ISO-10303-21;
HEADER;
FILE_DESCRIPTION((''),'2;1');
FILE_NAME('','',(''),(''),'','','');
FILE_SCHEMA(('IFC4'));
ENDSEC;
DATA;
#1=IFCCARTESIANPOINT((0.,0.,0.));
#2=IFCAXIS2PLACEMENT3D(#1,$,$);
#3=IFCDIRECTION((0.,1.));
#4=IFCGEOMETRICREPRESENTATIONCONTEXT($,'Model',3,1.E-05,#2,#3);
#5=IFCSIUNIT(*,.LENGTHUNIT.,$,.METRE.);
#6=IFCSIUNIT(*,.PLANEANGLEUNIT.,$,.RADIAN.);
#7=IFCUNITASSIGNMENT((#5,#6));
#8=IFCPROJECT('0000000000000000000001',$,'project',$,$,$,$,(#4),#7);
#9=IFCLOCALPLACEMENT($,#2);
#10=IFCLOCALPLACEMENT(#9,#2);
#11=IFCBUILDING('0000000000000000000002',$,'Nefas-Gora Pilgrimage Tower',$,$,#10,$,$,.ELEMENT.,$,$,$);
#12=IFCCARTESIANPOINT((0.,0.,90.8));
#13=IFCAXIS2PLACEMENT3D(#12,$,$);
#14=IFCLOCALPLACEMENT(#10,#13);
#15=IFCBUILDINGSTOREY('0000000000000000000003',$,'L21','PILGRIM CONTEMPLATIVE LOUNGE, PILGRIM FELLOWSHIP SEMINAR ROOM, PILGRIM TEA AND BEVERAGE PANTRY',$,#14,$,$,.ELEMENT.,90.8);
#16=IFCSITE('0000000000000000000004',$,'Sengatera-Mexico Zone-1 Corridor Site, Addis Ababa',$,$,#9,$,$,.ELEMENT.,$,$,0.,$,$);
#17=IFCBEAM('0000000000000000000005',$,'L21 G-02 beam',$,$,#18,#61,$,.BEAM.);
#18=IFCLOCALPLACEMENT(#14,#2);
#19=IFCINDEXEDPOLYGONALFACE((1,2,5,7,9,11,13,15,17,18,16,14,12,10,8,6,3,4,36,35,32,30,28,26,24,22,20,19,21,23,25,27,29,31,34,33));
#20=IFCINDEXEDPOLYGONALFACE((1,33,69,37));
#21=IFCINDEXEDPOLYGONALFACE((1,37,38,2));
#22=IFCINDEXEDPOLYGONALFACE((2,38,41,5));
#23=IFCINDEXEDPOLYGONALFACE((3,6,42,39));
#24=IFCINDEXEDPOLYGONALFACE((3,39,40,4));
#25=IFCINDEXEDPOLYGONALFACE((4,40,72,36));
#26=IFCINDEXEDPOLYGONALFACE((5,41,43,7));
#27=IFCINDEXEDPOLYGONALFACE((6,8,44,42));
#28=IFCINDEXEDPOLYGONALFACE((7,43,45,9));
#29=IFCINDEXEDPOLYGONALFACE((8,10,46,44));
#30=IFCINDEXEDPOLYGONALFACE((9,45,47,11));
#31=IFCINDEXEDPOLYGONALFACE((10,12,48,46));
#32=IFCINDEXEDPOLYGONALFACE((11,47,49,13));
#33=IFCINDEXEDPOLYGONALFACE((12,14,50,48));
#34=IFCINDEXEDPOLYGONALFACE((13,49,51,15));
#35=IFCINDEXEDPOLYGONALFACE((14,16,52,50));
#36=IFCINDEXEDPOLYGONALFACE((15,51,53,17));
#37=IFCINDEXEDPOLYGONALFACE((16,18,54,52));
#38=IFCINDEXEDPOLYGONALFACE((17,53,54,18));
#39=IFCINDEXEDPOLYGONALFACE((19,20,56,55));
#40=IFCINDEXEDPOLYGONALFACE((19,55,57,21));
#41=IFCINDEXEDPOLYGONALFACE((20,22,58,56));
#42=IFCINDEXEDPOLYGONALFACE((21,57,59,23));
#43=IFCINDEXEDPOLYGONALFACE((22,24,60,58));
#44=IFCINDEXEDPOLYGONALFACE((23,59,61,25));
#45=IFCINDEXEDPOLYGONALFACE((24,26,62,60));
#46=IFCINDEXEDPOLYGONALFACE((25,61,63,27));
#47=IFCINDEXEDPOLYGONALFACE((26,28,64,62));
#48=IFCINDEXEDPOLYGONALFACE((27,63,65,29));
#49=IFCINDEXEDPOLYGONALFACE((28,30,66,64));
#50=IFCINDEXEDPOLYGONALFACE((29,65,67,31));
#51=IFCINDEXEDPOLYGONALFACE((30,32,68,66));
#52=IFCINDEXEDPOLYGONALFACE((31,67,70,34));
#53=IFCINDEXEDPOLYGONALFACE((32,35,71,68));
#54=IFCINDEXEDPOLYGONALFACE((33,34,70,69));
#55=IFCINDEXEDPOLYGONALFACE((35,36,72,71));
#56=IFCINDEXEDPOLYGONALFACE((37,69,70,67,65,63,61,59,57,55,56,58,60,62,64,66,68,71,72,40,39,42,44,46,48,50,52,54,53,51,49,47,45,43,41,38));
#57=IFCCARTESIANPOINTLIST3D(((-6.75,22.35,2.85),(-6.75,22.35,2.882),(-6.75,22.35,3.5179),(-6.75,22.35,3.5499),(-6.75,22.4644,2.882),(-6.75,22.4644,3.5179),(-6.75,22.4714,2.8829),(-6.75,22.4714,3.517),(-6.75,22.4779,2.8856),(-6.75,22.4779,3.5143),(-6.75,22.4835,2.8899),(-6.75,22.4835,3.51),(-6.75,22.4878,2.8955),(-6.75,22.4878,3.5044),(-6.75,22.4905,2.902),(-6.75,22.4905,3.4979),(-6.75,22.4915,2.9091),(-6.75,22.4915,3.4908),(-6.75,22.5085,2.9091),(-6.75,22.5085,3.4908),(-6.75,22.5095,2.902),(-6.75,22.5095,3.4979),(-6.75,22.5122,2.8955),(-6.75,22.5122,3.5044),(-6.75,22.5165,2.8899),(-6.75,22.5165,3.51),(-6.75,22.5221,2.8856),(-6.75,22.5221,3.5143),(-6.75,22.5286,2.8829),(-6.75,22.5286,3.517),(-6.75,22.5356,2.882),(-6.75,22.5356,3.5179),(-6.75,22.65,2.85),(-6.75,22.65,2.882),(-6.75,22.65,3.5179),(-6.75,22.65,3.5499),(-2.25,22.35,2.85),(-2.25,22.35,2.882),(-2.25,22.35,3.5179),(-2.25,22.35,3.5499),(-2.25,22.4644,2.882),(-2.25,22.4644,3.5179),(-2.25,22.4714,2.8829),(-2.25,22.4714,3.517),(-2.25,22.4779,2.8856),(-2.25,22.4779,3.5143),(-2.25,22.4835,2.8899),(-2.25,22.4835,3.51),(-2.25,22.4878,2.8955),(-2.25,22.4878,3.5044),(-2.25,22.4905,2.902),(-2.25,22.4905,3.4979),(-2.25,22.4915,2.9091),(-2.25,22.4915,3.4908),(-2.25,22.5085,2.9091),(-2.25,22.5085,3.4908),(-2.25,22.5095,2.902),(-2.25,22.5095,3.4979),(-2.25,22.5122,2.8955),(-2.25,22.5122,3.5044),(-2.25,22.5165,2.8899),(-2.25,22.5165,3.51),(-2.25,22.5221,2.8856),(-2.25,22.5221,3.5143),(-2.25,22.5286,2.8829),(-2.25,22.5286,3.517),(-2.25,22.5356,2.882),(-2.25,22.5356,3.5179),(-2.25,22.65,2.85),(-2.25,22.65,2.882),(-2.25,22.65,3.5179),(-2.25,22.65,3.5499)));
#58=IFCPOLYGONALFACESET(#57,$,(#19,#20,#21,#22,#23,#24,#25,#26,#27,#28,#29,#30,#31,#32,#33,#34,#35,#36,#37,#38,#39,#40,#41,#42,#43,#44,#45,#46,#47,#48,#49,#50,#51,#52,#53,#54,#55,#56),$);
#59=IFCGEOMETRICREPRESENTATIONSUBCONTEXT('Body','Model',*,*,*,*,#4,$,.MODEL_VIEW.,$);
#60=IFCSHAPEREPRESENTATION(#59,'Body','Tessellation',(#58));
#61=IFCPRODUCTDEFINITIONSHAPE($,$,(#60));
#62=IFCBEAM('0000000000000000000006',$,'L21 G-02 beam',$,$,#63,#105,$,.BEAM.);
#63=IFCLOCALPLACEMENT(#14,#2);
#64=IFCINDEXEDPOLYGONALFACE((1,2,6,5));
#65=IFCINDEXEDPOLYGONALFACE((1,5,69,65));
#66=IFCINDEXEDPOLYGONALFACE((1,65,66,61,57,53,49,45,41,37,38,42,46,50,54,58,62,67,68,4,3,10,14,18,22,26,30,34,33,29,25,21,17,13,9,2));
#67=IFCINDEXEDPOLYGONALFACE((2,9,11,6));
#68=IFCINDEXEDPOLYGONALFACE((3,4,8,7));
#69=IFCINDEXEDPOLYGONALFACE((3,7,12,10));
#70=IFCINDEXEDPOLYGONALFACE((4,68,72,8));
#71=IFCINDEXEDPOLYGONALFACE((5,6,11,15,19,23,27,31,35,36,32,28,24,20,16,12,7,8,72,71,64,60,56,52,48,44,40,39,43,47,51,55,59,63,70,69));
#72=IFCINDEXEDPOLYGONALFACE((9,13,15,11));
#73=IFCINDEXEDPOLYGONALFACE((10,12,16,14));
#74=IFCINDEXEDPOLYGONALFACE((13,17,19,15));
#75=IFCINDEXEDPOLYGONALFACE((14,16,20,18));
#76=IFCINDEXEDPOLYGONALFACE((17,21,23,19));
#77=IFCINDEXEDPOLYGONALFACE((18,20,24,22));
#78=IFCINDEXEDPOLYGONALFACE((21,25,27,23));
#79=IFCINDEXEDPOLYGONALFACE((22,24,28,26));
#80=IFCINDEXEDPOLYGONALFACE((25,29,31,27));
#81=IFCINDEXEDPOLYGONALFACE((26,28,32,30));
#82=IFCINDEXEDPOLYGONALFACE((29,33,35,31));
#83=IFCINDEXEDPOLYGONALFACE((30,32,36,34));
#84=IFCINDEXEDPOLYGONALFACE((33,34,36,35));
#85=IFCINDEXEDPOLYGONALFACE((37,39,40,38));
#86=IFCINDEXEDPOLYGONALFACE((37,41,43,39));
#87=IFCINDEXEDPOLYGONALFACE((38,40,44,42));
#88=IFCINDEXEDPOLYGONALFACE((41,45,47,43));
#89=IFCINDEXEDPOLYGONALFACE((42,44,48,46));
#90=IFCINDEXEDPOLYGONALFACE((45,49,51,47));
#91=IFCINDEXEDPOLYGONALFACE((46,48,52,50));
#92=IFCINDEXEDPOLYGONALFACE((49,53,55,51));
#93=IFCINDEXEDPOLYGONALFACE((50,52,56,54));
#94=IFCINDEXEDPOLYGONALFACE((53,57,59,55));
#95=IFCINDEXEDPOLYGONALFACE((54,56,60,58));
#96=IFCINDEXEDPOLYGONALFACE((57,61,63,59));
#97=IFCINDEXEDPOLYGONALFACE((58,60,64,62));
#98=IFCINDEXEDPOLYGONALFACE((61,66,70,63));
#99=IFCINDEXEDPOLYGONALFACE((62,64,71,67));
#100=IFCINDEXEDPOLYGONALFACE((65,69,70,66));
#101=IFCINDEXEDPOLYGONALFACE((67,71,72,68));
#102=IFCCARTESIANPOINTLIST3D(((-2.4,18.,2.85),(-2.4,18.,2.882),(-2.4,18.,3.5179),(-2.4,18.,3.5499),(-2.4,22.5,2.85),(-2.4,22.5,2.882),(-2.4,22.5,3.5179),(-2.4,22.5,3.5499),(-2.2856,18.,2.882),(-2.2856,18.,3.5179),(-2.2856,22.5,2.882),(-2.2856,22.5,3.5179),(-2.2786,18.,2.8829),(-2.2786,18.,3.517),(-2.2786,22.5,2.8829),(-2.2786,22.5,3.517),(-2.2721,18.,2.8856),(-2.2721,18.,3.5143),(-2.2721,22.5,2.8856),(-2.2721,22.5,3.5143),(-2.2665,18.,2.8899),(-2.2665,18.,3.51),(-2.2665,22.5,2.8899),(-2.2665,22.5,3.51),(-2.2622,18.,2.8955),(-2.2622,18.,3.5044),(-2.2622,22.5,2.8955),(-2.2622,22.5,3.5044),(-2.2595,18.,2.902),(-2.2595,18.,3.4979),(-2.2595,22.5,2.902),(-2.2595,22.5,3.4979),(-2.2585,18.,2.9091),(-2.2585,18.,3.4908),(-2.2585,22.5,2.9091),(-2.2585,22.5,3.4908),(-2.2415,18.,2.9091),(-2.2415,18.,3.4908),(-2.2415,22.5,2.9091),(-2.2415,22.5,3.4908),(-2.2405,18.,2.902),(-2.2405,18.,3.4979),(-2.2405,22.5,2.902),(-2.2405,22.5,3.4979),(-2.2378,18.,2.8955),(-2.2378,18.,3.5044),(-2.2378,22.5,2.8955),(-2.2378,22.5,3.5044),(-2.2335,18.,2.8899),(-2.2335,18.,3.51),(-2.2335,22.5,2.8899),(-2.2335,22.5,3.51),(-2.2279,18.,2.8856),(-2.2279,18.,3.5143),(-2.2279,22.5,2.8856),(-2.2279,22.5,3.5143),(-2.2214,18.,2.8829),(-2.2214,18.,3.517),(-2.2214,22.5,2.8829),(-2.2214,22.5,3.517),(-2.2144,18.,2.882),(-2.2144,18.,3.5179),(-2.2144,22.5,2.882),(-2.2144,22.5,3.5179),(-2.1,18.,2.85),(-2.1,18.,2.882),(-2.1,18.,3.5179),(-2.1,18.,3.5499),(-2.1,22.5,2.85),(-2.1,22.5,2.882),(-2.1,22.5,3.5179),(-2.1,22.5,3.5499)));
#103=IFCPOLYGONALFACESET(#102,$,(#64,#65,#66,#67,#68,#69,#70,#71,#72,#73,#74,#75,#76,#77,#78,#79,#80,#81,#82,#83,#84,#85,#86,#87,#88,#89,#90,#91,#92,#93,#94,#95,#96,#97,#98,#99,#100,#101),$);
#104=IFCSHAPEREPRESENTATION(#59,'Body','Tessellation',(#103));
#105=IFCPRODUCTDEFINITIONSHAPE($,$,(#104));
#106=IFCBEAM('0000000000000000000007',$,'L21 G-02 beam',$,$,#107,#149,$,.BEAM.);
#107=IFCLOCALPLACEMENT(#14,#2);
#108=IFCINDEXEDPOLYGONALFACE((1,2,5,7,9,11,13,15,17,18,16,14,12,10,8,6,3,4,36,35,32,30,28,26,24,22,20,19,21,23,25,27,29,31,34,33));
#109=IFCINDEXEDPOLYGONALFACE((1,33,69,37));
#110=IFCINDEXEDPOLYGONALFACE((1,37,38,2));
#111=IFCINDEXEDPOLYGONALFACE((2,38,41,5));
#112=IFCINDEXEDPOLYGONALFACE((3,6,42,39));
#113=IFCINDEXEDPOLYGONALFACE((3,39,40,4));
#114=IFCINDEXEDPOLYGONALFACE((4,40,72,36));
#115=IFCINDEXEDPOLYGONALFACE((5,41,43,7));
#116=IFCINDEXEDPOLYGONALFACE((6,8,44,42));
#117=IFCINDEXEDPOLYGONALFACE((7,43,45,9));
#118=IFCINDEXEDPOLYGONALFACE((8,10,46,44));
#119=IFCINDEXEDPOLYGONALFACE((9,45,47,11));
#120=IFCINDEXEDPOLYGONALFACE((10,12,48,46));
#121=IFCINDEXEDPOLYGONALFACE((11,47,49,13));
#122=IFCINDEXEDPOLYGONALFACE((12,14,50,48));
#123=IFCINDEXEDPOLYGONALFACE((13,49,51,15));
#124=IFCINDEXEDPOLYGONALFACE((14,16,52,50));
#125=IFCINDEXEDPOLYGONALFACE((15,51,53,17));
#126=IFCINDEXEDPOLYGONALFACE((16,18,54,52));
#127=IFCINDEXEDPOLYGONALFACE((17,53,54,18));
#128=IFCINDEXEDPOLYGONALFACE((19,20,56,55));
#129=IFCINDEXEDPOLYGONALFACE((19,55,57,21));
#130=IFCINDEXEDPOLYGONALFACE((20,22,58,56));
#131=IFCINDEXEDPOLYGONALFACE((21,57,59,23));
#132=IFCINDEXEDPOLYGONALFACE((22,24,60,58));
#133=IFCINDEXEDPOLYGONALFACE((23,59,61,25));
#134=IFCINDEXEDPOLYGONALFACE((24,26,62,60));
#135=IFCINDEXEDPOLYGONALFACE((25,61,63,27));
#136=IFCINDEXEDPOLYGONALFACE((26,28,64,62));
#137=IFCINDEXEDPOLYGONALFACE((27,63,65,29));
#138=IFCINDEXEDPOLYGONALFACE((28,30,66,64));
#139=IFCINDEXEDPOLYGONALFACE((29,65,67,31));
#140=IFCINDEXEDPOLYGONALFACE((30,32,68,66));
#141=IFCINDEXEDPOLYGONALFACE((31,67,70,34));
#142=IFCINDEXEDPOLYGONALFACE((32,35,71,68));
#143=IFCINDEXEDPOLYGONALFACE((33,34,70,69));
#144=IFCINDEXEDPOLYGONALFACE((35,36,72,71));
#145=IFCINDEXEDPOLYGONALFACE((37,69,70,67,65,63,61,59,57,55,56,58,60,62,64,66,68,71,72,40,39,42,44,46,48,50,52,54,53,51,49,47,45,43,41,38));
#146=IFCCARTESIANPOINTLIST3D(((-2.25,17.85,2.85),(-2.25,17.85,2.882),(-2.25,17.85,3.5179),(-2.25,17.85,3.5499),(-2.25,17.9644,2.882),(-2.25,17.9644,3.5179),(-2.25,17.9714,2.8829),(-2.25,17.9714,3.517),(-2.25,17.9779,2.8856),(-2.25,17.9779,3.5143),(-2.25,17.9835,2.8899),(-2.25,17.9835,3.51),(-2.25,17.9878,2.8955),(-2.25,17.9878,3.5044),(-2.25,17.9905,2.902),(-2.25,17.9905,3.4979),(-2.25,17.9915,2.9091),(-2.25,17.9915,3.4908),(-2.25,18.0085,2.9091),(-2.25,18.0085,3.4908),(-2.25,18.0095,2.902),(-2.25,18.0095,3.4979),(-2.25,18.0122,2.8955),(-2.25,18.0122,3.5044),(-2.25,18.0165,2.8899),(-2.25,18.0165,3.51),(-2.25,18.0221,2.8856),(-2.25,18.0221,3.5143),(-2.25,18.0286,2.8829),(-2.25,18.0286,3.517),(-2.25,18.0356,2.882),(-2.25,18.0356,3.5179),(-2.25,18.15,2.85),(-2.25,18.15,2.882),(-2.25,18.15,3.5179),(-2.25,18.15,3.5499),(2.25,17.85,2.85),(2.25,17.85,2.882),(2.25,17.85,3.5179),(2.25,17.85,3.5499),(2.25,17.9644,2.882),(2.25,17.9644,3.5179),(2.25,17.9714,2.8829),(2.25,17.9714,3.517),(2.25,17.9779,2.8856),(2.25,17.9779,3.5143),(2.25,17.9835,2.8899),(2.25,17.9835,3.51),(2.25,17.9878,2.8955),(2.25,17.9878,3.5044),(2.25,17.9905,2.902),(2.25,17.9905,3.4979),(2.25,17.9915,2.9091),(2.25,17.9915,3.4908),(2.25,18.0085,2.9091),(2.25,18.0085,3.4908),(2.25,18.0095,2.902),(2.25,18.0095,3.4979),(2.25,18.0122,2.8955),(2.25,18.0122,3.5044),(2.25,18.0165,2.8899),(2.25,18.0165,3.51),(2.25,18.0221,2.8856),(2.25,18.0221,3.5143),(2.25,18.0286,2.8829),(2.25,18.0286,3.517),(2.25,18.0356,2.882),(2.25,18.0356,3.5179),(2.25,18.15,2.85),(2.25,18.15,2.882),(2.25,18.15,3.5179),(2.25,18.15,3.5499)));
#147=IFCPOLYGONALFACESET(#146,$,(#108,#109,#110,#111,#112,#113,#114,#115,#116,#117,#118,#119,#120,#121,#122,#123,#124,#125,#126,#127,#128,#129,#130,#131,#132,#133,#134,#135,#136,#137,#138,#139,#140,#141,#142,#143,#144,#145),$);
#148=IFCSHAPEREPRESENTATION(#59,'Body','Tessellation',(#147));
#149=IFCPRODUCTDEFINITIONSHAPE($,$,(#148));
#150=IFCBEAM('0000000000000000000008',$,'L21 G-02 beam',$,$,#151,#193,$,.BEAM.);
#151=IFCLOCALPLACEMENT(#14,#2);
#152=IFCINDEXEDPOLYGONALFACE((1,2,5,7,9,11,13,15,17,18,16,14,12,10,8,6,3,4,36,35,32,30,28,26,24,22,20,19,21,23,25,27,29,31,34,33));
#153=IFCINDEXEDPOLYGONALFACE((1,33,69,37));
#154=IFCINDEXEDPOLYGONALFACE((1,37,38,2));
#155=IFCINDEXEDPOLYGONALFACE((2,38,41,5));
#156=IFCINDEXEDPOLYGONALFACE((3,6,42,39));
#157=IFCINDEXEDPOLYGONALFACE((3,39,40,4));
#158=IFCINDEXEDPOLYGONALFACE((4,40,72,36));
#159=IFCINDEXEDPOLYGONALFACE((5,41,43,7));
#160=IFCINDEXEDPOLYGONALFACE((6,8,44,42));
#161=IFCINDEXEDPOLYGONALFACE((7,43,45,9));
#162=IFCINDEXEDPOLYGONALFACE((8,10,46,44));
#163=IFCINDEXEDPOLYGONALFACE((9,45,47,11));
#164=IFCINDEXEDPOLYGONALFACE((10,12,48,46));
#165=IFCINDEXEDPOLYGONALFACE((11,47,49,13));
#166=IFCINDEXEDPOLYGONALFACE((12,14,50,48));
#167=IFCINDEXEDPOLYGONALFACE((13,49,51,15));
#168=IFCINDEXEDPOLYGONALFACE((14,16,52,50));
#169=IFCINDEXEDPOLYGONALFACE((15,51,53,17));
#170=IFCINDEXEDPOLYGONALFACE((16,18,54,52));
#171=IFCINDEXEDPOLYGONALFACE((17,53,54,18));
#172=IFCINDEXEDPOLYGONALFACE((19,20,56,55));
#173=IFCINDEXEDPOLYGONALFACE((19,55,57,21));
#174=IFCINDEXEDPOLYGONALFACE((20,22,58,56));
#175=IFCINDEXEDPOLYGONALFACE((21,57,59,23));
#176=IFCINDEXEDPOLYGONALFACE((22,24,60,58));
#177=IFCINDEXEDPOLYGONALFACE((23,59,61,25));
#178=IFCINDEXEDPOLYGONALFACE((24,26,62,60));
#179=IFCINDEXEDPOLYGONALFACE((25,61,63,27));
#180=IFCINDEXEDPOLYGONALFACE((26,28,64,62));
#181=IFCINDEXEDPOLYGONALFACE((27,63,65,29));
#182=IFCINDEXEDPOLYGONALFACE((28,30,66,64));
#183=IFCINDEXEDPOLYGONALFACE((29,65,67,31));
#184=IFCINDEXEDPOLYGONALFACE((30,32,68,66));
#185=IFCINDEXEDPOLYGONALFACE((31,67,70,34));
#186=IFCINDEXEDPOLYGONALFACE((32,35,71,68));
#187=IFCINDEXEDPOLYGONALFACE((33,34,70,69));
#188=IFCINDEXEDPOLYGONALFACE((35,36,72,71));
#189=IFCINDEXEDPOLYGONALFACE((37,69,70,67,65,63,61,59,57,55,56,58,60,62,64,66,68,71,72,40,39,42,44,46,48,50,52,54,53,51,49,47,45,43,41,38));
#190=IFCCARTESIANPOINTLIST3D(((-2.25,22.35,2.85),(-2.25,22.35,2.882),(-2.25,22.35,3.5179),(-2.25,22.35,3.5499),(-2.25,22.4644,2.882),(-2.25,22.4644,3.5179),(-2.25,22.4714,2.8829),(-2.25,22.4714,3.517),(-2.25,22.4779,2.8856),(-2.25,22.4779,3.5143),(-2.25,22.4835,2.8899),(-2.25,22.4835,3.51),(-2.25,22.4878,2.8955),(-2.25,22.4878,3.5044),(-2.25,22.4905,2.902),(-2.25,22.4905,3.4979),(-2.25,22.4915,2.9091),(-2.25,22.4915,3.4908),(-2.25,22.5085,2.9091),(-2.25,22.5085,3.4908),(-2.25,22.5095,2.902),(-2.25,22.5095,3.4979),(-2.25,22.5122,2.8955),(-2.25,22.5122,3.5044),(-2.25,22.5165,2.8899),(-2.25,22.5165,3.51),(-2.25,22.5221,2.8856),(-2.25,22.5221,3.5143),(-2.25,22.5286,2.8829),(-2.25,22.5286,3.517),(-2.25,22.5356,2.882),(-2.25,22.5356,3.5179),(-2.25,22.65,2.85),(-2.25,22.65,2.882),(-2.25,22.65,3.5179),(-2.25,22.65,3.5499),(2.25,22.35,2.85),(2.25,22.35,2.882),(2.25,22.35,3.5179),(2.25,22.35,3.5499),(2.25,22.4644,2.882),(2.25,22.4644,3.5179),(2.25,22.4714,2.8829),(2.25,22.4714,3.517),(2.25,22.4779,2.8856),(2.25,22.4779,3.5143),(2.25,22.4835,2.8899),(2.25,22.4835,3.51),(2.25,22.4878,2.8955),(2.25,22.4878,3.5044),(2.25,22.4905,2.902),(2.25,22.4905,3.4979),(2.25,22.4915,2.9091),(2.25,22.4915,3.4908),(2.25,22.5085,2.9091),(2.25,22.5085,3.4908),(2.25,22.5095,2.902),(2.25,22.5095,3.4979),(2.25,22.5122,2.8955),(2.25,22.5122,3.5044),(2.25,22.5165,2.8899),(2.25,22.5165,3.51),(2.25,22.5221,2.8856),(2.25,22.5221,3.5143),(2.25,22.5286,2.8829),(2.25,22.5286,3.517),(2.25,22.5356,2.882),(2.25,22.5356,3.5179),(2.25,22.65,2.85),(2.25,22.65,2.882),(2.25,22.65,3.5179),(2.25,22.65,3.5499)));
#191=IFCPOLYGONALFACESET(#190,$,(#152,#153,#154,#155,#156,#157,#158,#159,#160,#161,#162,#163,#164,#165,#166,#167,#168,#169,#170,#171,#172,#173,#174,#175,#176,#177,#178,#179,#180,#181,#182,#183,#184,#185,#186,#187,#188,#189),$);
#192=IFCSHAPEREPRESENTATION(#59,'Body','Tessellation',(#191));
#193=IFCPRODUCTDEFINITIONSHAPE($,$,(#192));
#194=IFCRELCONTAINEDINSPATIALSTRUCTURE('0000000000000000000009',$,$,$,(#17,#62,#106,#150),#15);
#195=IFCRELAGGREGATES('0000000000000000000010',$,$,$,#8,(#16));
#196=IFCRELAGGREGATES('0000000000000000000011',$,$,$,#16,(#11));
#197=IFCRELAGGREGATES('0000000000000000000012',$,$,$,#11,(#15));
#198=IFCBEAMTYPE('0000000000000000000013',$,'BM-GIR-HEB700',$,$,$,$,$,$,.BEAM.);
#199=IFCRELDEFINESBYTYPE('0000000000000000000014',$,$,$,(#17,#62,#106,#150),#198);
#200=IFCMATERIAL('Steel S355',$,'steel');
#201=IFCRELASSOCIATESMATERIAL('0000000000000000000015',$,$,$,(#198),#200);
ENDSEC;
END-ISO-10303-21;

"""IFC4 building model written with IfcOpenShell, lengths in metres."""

from ifc_helpers import new_model, si_unit, direction, frame, origin, origin_2d, place, context, subcontext, project, spatial, i_section, extrude, source, transform, mapped, material, material_profile, profile_set, type_object, element, save


model = new_model("IFC4")

# Units and contexts
model_context = context("Model", 3, precision=1e-05, world=origin(), true_north=direction((0.0, 1.0)))
body_context = subcontext(model_context, "Body", "Model", "MODEL_VIEW")
ifc_project = project(units=[si_unit("LENGTHUNIT", "METRE"), si_unit("PLANEANGLEUNIT", "RADIAN")], contexts=[model_context])

# Site, building, storey
site_placement = place(None, origin())
site = spatial("IfcSite", under=ifc_project, at=site_placement, Name="Sengatera-Mexico Zone-1 Corridor Site, Addis Ababa", CompositionType="ELEMENT", RefElevation=0.0)
building_placement = place(site_placement, origin())
building = spatial("IfcBuilding", under=site, at=building_placement, Name="Nefas-Gora Pilgrimage Tower", CompositionType="ELEMENT")
storey_placement = place(building_placement, frame((0.0, 0.0, 90.8)))
storey = spatial("IfcBuildingStorey", under=building, at=storey_placement, Name="L21", Description="PILGRIM CONTEMPLATIVE LOUNGE, PILGRIM FELLOWSHIP SEMINAR ROOM, PILGRIM TEA AND BEVERAGE PANTRY", CompositionType="ELEMENT", Elevation=90.8)

# Beams
ifc_material_1 = material(Name="Steel S355", Category="steel")
ifc_material_profile_1 = material_profile(ifc_material_1, i_section(OverallWidth=0.3, OverallDepth=0.7, WebThickness=0.0171, FlangeThickness=0.032, FilletRadius=0.0271, at=origin_2d()), Name="HEB 700")
ifc_profile_set_1 = profile_set([ifc_material_profile_1], Name="Steel S355")
beam_type_1 = type_object("IfcBeamType", Name="BM-GIR-HEB700", PredefinedType="BEAM", material=ifc_profile_set_1)
shared_shape_1 = source(origin(), body_context, "Body", "SweptSolid", [
    extrude(i_section(OverallWidth=0.3, OverallDepth=0.7, WebThickness=0.0171, FlangeThickness=0.032, FilletRadius=0.0271, at=origin_2d()), origin(), (0.0, 0.0, 1.0), 4.5),
])
for number, where, z_axis, x_axis, name in (
    (1, (-6.75, 22.5, 3.2), (1.0, 0.0, 0.0), (0.0, 1.0, 0.0), "L21 G-02 beam"),
    (2, (-2.25, 18.0, 3.2), (0.0, 1.0, 0.0), (-1.0, 0.0, 0.0), "L21 G-02 beam"),
    (3, (-2.25, 18.0, 3.2), (1.0, 0.0, 0.0), (0.0, 1.0, 0.0), "L21 G-02 beam"),
    (4, (-2.25, 22.5, 3.2), (1.0, 0.0, 0.0), (0.0, 1.0, 0.0), "L21 G-02 beam"),
):
    element("IfcBeam", number, at=place(storey_placement, frame(where, z_axis=z_axis, x_axis=x_axis)), inside=storey, type_object=beam_type_1, Name=name, PredefinedType="BEAM", context=body_context, shape_type="MappedRepresentation", body=[
        mapped(shared_shape_1, transform((0.0, 0.0, 0.0), x_axis=(1.0, 0.0, 0.0), y_axis=(0.0, 1.0, 0.0), z_axis=(0.0, 0.0, 1.0), scale=1.0)),
    ])

save(model, "model.ifc")
